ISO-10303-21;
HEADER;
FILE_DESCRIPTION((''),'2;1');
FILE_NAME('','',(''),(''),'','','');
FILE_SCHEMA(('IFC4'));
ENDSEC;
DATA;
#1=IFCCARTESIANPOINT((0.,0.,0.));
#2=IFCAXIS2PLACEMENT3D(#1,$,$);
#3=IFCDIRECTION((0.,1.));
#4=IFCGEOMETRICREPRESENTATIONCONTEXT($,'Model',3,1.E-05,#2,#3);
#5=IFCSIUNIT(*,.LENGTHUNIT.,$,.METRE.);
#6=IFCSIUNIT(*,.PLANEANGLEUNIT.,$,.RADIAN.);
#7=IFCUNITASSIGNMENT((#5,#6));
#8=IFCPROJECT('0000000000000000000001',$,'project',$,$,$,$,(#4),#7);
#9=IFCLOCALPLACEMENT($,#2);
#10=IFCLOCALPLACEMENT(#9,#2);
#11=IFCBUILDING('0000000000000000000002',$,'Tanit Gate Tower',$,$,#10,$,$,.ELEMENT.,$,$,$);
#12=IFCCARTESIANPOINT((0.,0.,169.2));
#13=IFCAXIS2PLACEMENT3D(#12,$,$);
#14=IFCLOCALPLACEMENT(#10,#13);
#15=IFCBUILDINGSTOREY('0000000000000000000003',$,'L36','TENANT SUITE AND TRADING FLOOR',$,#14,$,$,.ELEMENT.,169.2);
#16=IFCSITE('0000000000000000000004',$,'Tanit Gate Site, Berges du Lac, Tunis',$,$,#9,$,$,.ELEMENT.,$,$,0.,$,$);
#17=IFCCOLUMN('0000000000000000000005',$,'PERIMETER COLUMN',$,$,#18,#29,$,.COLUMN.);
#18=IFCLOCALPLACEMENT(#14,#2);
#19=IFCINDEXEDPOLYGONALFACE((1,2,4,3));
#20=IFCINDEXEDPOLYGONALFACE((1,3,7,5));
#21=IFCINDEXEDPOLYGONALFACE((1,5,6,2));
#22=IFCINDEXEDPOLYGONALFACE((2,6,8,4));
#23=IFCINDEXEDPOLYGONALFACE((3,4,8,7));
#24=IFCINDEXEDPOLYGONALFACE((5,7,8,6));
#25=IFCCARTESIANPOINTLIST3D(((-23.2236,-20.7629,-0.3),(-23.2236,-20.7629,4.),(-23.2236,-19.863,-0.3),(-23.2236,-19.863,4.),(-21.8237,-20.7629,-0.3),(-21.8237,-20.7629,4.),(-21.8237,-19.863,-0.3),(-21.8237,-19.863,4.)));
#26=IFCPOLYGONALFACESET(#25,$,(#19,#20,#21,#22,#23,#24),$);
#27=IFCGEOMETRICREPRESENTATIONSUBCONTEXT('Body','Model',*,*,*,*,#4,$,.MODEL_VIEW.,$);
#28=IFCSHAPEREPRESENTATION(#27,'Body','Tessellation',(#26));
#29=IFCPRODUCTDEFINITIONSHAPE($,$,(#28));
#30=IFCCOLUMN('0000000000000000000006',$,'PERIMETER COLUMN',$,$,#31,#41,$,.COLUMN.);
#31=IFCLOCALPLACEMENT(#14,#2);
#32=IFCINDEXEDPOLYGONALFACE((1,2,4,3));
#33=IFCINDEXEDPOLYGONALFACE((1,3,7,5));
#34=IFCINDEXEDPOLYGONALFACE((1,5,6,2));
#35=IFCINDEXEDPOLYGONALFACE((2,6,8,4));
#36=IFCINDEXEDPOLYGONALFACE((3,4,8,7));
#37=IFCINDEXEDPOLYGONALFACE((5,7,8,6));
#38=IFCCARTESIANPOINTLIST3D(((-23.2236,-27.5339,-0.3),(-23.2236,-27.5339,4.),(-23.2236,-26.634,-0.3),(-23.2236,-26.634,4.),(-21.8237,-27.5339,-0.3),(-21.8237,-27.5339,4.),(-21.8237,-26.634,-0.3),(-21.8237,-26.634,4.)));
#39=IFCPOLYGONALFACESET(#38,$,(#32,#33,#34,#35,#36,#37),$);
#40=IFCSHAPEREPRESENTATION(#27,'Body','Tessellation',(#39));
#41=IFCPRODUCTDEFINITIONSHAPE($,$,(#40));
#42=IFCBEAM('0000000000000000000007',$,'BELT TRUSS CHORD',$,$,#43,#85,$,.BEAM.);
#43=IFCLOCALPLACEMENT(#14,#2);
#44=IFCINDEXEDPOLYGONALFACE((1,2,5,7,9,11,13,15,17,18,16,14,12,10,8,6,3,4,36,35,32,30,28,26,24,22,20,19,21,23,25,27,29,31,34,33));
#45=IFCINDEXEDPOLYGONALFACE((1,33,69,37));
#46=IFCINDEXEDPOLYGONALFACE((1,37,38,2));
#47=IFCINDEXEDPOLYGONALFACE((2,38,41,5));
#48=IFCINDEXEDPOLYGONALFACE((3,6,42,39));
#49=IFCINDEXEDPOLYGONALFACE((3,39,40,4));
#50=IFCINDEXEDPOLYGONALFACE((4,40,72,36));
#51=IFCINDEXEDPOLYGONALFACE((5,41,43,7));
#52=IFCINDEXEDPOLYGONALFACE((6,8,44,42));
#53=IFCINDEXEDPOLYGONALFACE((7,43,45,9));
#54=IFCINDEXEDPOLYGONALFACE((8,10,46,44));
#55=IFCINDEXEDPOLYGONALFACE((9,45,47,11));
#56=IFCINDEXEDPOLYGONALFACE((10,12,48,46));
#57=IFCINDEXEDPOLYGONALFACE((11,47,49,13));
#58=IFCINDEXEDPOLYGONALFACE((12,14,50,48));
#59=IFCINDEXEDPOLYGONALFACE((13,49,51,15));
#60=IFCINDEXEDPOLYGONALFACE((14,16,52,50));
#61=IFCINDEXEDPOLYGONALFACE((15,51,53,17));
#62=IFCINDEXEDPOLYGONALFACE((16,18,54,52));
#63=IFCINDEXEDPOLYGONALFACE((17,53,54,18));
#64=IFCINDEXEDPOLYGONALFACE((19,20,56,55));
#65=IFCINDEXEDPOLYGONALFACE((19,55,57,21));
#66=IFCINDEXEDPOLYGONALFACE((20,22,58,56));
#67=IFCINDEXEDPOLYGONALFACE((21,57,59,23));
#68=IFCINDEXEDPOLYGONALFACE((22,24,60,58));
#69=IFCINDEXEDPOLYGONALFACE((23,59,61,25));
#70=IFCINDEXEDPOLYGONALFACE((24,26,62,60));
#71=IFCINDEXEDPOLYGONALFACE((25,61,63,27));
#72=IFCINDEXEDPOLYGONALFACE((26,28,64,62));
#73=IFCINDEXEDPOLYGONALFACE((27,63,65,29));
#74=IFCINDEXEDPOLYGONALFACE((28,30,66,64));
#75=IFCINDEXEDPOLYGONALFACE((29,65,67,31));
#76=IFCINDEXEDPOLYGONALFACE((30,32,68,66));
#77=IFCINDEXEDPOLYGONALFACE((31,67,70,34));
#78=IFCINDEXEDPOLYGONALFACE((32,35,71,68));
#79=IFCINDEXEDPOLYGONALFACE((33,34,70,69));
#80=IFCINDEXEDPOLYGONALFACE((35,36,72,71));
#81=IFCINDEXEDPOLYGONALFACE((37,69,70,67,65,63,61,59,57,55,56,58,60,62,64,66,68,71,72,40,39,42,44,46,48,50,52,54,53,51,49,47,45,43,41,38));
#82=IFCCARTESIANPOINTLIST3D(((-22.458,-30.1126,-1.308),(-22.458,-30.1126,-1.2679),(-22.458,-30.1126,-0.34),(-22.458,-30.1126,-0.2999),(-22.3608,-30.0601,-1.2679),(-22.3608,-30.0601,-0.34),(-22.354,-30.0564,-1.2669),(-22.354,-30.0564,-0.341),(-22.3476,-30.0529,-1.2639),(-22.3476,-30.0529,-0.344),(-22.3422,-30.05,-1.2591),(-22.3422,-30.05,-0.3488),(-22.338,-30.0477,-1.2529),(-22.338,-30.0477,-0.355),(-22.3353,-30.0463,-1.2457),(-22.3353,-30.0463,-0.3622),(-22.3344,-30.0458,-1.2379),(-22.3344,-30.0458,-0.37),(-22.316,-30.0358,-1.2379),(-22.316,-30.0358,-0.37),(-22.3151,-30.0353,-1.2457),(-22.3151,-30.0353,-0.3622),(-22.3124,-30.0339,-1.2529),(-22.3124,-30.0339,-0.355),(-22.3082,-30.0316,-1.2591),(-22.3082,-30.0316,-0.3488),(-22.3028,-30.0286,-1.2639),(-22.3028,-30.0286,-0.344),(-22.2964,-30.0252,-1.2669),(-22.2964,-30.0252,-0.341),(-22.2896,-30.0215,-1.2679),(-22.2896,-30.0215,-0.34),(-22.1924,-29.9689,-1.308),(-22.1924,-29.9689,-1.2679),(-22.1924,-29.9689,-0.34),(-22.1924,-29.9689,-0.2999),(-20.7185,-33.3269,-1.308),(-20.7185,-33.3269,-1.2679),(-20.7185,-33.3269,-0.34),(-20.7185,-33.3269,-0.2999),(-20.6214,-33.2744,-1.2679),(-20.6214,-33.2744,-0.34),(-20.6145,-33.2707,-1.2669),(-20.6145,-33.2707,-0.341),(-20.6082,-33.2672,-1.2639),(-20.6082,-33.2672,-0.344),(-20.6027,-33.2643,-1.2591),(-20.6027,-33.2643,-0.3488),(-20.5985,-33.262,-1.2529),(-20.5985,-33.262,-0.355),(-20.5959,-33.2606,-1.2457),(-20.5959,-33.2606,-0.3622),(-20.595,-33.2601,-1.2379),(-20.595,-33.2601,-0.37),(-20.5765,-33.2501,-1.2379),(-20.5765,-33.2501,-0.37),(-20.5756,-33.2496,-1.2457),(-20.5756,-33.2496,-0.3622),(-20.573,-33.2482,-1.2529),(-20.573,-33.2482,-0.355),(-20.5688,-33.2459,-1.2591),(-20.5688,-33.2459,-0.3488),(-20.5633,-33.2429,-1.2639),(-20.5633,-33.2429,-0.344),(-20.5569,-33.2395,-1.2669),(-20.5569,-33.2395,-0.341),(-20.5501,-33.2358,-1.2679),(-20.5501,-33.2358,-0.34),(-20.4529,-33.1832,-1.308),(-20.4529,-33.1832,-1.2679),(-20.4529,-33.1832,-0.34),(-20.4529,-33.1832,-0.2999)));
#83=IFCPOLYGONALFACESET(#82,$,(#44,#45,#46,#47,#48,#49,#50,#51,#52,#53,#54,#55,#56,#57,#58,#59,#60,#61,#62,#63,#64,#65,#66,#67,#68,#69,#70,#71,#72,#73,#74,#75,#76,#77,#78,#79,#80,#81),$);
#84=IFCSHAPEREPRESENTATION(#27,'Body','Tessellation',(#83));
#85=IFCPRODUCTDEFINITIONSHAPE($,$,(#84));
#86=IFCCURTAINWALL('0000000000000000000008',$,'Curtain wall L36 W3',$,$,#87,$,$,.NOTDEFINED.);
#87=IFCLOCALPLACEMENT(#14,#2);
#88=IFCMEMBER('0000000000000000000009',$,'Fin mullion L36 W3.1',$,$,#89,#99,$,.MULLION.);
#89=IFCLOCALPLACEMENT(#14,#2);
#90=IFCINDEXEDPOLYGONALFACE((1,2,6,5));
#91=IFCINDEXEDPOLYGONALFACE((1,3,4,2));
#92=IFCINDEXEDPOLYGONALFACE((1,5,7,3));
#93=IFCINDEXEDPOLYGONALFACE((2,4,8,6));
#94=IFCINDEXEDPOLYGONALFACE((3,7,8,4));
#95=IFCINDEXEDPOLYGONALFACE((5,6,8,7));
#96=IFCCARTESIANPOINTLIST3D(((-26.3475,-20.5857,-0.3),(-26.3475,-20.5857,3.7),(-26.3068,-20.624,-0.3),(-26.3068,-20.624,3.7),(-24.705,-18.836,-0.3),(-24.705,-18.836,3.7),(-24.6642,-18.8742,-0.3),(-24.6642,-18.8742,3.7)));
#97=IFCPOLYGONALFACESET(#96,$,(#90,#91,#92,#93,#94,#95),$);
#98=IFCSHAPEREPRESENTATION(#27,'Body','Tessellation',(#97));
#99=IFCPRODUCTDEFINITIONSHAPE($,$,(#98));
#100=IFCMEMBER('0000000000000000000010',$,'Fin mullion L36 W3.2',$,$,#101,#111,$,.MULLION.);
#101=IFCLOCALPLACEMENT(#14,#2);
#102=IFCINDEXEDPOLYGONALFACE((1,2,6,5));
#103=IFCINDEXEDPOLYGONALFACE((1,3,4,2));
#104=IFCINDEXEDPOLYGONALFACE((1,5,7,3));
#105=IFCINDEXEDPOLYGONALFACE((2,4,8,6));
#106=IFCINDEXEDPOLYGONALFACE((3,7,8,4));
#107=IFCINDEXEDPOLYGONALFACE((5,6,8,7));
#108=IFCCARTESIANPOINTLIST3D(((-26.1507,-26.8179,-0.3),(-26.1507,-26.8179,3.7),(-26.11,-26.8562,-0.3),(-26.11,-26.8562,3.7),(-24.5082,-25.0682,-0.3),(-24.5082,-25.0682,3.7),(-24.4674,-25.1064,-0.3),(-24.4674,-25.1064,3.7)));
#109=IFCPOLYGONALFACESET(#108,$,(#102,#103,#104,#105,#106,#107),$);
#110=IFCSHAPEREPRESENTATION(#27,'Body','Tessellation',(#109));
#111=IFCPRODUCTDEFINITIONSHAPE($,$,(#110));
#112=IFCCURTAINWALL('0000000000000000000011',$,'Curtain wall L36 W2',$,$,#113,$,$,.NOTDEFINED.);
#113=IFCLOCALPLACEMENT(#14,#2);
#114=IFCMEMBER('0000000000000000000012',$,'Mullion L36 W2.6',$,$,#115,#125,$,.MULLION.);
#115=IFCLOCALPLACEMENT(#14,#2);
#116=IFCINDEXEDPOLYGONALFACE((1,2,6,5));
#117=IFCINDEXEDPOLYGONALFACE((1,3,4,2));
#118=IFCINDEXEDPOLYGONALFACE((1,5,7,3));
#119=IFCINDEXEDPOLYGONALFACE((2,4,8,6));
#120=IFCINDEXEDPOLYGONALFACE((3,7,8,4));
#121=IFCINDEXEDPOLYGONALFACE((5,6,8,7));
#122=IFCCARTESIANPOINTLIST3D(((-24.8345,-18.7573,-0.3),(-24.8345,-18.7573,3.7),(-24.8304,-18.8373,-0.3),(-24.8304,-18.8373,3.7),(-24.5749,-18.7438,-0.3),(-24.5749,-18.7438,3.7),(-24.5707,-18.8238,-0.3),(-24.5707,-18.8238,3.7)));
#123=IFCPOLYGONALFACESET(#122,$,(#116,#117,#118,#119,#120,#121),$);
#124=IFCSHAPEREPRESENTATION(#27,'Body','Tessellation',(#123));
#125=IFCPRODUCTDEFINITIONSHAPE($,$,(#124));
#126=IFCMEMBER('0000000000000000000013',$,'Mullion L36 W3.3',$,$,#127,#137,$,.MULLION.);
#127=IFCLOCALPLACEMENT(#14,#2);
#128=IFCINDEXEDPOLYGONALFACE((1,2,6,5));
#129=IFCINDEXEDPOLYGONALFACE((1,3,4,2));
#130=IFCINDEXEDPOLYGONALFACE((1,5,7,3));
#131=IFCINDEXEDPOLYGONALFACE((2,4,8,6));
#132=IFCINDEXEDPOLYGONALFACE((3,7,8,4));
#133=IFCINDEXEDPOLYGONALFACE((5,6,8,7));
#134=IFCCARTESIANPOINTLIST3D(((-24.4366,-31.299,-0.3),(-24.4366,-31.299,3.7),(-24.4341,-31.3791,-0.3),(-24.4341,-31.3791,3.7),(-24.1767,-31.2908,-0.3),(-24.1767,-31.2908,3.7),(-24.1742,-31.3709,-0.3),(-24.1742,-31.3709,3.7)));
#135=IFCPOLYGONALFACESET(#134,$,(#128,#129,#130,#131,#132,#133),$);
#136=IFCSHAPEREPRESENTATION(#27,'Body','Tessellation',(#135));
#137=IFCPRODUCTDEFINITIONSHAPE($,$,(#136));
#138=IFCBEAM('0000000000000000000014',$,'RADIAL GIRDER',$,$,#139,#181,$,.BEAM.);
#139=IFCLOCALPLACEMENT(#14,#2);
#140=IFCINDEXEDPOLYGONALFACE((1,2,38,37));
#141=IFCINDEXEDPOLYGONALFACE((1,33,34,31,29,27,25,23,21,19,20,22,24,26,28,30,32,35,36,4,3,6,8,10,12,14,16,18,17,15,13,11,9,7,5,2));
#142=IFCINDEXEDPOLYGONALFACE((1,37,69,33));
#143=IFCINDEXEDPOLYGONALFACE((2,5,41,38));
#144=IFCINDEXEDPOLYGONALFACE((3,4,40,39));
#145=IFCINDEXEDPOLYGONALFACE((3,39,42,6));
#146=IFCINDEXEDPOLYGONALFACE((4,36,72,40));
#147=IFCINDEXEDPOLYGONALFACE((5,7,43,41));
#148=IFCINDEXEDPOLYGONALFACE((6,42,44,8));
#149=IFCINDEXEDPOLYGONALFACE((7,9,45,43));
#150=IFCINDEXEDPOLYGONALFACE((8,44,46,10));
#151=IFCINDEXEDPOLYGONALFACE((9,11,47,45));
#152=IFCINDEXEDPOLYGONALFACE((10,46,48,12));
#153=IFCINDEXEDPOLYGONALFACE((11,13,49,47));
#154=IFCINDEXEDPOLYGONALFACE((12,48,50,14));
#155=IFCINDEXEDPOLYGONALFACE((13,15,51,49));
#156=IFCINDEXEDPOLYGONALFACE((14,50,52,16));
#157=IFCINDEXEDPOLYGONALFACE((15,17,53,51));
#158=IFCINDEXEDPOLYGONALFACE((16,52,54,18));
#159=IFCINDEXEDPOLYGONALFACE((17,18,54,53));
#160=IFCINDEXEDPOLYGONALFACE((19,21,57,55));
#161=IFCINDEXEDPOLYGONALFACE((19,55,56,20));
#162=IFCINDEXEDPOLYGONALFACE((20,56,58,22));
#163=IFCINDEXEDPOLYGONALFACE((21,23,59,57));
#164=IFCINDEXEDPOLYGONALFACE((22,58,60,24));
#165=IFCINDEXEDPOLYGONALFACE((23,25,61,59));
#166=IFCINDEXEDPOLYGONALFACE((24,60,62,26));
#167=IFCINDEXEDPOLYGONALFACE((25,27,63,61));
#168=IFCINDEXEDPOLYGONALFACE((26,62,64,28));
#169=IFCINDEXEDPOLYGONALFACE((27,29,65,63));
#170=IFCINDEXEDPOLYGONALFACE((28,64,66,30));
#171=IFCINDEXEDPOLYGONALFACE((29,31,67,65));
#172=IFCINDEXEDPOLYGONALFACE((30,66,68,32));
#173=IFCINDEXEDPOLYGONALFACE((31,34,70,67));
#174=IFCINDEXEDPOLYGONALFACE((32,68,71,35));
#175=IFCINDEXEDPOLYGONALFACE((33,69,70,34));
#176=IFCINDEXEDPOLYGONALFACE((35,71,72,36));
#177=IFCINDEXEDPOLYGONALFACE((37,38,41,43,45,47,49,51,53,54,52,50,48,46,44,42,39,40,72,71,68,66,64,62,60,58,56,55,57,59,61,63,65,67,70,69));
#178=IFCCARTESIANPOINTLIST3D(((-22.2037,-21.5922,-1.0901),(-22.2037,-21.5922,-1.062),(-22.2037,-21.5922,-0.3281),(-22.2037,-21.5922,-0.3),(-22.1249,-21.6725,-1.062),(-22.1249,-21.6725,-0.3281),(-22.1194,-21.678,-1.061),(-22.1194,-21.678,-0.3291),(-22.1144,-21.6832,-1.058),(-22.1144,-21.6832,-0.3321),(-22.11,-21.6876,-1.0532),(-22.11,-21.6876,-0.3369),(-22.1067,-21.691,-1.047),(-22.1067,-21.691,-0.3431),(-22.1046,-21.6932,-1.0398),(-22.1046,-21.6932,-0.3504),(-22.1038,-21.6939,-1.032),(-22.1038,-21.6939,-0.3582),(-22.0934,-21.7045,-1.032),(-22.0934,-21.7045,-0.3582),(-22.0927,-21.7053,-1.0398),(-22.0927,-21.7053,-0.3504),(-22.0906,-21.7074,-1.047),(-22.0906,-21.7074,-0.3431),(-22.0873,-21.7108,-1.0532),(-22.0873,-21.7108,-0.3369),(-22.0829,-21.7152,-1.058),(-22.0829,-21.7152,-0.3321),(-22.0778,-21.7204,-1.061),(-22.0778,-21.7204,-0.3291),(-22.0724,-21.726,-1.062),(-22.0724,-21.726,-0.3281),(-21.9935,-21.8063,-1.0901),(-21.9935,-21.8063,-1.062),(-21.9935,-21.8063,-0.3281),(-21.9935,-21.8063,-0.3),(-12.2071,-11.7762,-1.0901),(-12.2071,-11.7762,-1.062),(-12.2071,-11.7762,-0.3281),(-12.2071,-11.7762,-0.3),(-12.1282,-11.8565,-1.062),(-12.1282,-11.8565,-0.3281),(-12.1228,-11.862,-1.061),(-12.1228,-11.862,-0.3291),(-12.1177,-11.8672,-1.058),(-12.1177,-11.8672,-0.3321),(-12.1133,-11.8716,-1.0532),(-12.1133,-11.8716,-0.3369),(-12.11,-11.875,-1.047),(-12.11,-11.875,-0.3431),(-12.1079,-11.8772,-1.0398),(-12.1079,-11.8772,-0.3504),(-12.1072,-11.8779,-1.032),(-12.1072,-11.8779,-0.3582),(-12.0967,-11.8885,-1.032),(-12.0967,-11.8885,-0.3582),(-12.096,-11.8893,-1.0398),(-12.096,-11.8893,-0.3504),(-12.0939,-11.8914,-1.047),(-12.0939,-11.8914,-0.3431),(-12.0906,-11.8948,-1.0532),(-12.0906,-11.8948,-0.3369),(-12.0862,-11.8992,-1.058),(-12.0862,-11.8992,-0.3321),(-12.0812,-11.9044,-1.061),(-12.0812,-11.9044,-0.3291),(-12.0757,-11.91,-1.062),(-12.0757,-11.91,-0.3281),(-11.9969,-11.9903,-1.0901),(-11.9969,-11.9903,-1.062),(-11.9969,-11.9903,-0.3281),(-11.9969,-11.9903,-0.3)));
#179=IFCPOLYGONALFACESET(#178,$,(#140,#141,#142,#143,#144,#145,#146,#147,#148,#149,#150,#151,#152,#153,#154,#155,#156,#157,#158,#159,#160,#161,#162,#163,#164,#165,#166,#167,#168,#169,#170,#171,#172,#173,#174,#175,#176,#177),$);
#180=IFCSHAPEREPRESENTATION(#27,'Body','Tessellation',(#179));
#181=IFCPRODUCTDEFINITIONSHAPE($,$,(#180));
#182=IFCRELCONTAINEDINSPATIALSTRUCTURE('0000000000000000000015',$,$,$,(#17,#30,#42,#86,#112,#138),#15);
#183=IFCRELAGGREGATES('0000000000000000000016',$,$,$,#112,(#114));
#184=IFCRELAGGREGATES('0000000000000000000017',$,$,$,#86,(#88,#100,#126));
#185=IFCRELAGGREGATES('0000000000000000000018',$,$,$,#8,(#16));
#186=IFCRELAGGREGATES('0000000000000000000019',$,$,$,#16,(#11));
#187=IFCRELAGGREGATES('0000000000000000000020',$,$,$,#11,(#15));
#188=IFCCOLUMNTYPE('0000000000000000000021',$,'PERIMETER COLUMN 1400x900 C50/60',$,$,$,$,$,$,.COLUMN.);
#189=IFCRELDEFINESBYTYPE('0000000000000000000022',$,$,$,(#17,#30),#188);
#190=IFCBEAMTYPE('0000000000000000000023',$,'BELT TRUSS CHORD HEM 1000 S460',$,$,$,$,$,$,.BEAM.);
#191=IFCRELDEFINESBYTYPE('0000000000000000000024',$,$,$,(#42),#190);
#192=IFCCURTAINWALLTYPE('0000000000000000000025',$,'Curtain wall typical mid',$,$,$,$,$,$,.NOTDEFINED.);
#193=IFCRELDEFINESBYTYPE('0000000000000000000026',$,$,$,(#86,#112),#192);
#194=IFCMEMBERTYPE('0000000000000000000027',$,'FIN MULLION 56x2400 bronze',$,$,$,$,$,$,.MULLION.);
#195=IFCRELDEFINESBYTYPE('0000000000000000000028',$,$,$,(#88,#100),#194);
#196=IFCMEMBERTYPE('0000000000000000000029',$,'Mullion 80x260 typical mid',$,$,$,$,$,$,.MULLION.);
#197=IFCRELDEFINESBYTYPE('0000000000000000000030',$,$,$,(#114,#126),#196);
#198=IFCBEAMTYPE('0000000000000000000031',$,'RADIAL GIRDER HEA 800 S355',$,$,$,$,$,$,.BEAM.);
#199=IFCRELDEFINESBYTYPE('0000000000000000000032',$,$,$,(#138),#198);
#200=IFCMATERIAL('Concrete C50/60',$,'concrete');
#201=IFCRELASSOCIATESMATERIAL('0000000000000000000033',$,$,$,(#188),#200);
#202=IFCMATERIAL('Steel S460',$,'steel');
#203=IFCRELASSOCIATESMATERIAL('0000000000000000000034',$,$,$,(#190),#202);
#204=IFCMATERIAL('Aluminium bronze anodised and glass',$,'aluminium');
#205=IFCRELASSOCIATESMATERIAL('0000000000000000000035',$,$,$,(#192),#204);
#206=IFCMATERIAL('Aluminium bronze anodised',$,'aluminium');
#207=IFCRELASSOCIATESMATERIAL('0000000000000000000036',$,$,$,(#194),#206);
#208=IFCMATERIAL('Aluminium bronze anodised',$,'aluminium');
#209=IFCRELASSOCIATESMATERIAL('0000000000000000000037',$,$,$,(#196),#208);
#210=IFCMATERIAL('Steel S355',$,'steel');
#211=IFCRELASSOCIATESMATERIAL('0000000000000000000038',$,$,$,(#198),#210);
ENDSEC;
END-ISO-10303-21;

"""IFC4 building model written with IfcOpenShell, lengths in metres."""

from ifc_helpers import new_model, si_unit, direction, frame, origin, origin_2d, place, context, subcontext, project, spatial, rectangle, i_section, extrude, material, material_profile, profile_set, type_object, element, aggregate, save


model = new_model("IFC4")

# Units and contexts
model_context = context("Model", 3, precision=1e-05, world=origin(), true_north=direction((0.0, 1.0)))
body_context = subcontext(model_context, "Body", "Model", "MODEL_VIEW")
ifc_project = project(units=[si_unit("LENGTHUNIT", "METRE"), si_unit("PLANEANGLEUNIT", "RADIAN")], contexts=[model_context])

# Site, building, storey
site_placement = place(None, origin())
site = spatial("IfcSite", under=ifc_project, at=site_placement, Name="Tanit Gate Site, Berges du Lac, Tunis", CompositionType="ELEMENT", RefElevation=0.0)
building_placement = place(site_placement, origin())
building = spatial("IfcBuilding", under=site, at=building_placement, Name="Tanit Gate Tower", CompositionType="ELEMENT")
storey_placement = place(building_placement, frame((0.0, 0.0, 169.2)))
storey = spatial("IfcBuildingStorey", under=building, at=storey_placement, Name="L36", Description="TENANT SUITE AND TRADING FLOOR", CompositionType="ELEMENT", Elevation=169.2)

# Columns
ifc_material_1 = material(Name="Concrete C50/60", Category="concrete")
ifc_material_profile_1 = material_profile(ifc_material_1, rectangle(XDim=1.3999, YDim=0.8999, at=origin_2d()), Name="RC 1400x900")
ifc_profile_set_1 = profile_set([ifc_material_profile_1], Name="Concrete C50/60")
column_type = type_object("IfcColumnType", Name="PERIMETER COLUMN 1400x900 C50/60", PredefinedType="COLUMN", material=ifc_profile_set_1)
for number, where, z_axis, x_axis, name in (
    (1, (-22.5237, -20.313, -0.3), (0.0, 0.0, 1.0), (-1.0, 0.0, 0.0), "PERIMETER COLUMN"),
    (2, (-22.5237, -27.084, -0.3), (0.0, 0.0, 1.0), (-1.0, 0.0, 0.0), "PERIMETER COLUMN"),
):
    element("IfcColumn", number, at=place(storey_placement, frame(where, z_axis=z_axis, x_axis=x_axis)), inside=storey, type_object=column_type, Name=name, PredefinedType="COLUMN", context=body_context, shape_type="SweptSolid", body=[
        extrude(rectangle(XDim=1.3999, YDim=0.8999, at=origin_2d()), origin(), (0.0, 0.0, 1.0), 4.3),
    ])

# Beam
ifc_material_2 = material(Name="Steel S460", Category="steel")
ifc_material_profile_2 = material_profile(ifc_material_2, i_section(OverallWidth=0.302, OverallDepth=1.0081, WebThickness=0.021, FlangeThickness=0.04, FilletRadius=0.03, at=origin_2d()), Name="HEM 1000")
ifc_profile_set_2 = profile_set([ifc_material_profile_2], Name="Steel S460")
beam_type_1 = type_object("IfcBeamType", Name="BELT TRUSS CHORD HEM 1000 S460", PredefinedType="BEAM", material=ifc_profile_set_2)
beam_1_placement = place(storey_placement, frame((-22.3252, -30.0408, -0.804), z_axis=(0.475943, -0.879476, 0.0), x_axis=(0.879476, 0.475943, 0.0)))
element("IfcBeam", 3, at=beam_1_placement, inside=storey, type_object=beam_type_1, Name="BELT TRUSS CHORD", PredefinedType="BEAM", context=body_context, shape_type="SweptSolid", body=[
    extrude(i_section(OverallWidth=0.302, OverallDepth=1.0081, WebThickness=0.021, FlangeThickness=0.04, FilletRadius=0.03, at=origin_2d()), origin(), (0.0, 0.0, 1.0), 3.6548),
])

# Curtain wall, members
ifc_material_3 = material(Name="Aluminium bronze anodised and glass", Category="aluminium")
curtain_wall_type = type_object("IfcCurtainWallType", Name="Curtain wall typical mid", PredefinedType="NOTDEFINED", material=ifc_material_3)
curtain_wall_1_placement = place(storey_placement, origin())
curtain_wall_1 = element("IfcCurtainWall", 4, at=curtain_wall_1_placement, inside=storey, type_object=curtain_wall_type, Name="Curtain wall L36 W3", PredefinedType="NOTDEFINED")
ifc_material_4 = material(Name="Aluminium bronze anodised", Category="aluminium")
ifc_material_profile_3 = material_profile(ifc_material_4, rectangle(XDim=2.3999, YDim=0.0559, at=origin_2d()), Name="56x2400 bronze fin mullion")
ifc_profile_set_3 = profile_set([ifc_material_profile_3], Name="Aluminium bronze anodised")
member_type_1 = type_object("IfcMemberType", Name="FIN MULLION 56x2400 bronze", PredefinedType="MULLION", material=ifc_profile_set_3)
member_1_placement = place(storey_placement, frame((-25.5059, -19.73, -0.3), z_axis=(0.0, 0.0, 1.0), x_axis=(0.684422, 0.729086, 0.0)))
member_1 = element("IfcMember", 5, at=member_1_placement, type_object=member_type_1, Name="Fin mullion L36 W3.1", PredefinedType="MULLION", context=body_context, shape_type="SweptSolid", body=[
    extrude(rectangle(XDim=2.3999, YDim=0.0559, at=origin_2d()), origin(), (0.0, 0.0, 1.0), 4.0),
])
member_2_placement = place(storey_placement, frame((-25.3091, -25.9622, -0.3), z_axis=(0.0, 0.0, 1.0), x_axis=(0.684422, 0.729086, 0.0)))
member_2 = element("IfcMember", 6, at=member_2_placement, type_object=member_type_1, Name="Fin mullion L36 W3.2", PredefinedType="MULLION", context=body_context, shape_type="SweptSolid", body=[
    extrude(rectangle(XDim=2.3999, YDim=0.0559, at=origin_2d()), origin(), (0.0, 0.0, 1.0), 4.0),
])

# Curtain wall, member
curtain_wall_2_placement = place(storey_placement, origin())
curtain_wall_2 = element("IfcCurtainWall", 7, at=curtain_wall_2_placement, inside=storey, type_object=curtain_wall_type, Name="Curtain wall L36 W2", PredefinedType="NOTDEFINED")
ifc_material_5 = material(Name="Aluminium bronze anodised", Category="aluminium")
ifc_material_profile_4 = material_profile(ifc_material_5, rectangle(XDim=0.26, YDim=0.0801, at=origin_2d()), Name="80x260 bronze mullion")
ifc_profile_set_4 = profile_set([ifc_material_profile_4], Name="Aluminium bronze anodised")
member_type_2 = type_object("IfcMemberType", Name="Mullion 80x260 typical mid", PredefinedType="MULLION", material=ifc_profile_set_4)
member_3_placement = place(storey_placement, frame((-24.7026, -18.7905, -0.3), z_axis=(0.0, 0.0, 1.0), x_axis=(0.998654, 0.051865, 0.0)))
member_3 = element("IfcMember", 8, at=member_3_placement, type_object=member_type_2, Name="Mullion L36 W2.6", PredefinedType="MULLION", context=body_context, shape_type="SweptSolid", body=[
    extrude(rectangle(XDim=0.26, YDim=0.0801, at=origin_2d()), origin(), (0.0, 0.0, 1.0), 4.0),
])
aggregate(curtain_wall_2, [member_3])

# Member
member_4_placement = place(storey_placement, frame((-24.3054, -31.335, -0.3), z_axis=(0.0, 0.0, 1.0), x_axis=(0.999501, 0.031583, 0.0)))
member_4 = element("IfcMember", 9, at=member_4_placement, type_object=member_type_2, Name="Mullion L36 W3.3", PredefinedType="MULLION", context=body_context, shape_type="SweptSolid", body=[
    extrude(rectangle(XDim=0.26, YDim=0.0801, at=origin_2d()), origin(), (0.0, 0.0, 1.0), 4.0),
])

# Beam
ifc_material_6 = material(Name="Steel S355", Category="steel")
ifc_material_profile_5 = material_profile(ifc_material_6, i_section(OverallWidth=0.3, OverallDepth=0.79, WebThickness=0.0149, FlangeThickness=0.0281, FilletRadius=0.03, at=origin_2d()), Name="HEA 800")
ifc_profile_set_5 = profile_set([ifc_material_profile_5], Name="Steel S355")
beam_type_2 = type_object("IfcBeamType", Name="RADIAL GIRDER HEA 800 S355", PredefinedType="BEAM", material=ifc_profile_set_5)
beam_2_placement = place(storey_placement, frame((-22.0986, -21.6992, -0.6951), z_axis=(0.713525, 0.70063, 0.0), x_axis=(-0.70063, 0.713525, 0.0)))
element("IfcBeam", 10, at=beam_2_placement, inside=storey, type_object=beam_type_2, Name="RADIAL GIRDER", PredefinedType="BEAM", context=body_context, shape_type="SweptSolid", body=[
    extrude(i_section(OverallWidth=0.3, OverallDepth=0.79, WebThickness=0.0149, FlangeThickness=0.0281, FilletRadius=0.03, at=origin_2d()), origin(), (0.0, 0.0, 1.0), 14.0103),
])

aggregate(curtain_wall_1, [member_1, member_2, member_4])

save(model, "model.ifc")
